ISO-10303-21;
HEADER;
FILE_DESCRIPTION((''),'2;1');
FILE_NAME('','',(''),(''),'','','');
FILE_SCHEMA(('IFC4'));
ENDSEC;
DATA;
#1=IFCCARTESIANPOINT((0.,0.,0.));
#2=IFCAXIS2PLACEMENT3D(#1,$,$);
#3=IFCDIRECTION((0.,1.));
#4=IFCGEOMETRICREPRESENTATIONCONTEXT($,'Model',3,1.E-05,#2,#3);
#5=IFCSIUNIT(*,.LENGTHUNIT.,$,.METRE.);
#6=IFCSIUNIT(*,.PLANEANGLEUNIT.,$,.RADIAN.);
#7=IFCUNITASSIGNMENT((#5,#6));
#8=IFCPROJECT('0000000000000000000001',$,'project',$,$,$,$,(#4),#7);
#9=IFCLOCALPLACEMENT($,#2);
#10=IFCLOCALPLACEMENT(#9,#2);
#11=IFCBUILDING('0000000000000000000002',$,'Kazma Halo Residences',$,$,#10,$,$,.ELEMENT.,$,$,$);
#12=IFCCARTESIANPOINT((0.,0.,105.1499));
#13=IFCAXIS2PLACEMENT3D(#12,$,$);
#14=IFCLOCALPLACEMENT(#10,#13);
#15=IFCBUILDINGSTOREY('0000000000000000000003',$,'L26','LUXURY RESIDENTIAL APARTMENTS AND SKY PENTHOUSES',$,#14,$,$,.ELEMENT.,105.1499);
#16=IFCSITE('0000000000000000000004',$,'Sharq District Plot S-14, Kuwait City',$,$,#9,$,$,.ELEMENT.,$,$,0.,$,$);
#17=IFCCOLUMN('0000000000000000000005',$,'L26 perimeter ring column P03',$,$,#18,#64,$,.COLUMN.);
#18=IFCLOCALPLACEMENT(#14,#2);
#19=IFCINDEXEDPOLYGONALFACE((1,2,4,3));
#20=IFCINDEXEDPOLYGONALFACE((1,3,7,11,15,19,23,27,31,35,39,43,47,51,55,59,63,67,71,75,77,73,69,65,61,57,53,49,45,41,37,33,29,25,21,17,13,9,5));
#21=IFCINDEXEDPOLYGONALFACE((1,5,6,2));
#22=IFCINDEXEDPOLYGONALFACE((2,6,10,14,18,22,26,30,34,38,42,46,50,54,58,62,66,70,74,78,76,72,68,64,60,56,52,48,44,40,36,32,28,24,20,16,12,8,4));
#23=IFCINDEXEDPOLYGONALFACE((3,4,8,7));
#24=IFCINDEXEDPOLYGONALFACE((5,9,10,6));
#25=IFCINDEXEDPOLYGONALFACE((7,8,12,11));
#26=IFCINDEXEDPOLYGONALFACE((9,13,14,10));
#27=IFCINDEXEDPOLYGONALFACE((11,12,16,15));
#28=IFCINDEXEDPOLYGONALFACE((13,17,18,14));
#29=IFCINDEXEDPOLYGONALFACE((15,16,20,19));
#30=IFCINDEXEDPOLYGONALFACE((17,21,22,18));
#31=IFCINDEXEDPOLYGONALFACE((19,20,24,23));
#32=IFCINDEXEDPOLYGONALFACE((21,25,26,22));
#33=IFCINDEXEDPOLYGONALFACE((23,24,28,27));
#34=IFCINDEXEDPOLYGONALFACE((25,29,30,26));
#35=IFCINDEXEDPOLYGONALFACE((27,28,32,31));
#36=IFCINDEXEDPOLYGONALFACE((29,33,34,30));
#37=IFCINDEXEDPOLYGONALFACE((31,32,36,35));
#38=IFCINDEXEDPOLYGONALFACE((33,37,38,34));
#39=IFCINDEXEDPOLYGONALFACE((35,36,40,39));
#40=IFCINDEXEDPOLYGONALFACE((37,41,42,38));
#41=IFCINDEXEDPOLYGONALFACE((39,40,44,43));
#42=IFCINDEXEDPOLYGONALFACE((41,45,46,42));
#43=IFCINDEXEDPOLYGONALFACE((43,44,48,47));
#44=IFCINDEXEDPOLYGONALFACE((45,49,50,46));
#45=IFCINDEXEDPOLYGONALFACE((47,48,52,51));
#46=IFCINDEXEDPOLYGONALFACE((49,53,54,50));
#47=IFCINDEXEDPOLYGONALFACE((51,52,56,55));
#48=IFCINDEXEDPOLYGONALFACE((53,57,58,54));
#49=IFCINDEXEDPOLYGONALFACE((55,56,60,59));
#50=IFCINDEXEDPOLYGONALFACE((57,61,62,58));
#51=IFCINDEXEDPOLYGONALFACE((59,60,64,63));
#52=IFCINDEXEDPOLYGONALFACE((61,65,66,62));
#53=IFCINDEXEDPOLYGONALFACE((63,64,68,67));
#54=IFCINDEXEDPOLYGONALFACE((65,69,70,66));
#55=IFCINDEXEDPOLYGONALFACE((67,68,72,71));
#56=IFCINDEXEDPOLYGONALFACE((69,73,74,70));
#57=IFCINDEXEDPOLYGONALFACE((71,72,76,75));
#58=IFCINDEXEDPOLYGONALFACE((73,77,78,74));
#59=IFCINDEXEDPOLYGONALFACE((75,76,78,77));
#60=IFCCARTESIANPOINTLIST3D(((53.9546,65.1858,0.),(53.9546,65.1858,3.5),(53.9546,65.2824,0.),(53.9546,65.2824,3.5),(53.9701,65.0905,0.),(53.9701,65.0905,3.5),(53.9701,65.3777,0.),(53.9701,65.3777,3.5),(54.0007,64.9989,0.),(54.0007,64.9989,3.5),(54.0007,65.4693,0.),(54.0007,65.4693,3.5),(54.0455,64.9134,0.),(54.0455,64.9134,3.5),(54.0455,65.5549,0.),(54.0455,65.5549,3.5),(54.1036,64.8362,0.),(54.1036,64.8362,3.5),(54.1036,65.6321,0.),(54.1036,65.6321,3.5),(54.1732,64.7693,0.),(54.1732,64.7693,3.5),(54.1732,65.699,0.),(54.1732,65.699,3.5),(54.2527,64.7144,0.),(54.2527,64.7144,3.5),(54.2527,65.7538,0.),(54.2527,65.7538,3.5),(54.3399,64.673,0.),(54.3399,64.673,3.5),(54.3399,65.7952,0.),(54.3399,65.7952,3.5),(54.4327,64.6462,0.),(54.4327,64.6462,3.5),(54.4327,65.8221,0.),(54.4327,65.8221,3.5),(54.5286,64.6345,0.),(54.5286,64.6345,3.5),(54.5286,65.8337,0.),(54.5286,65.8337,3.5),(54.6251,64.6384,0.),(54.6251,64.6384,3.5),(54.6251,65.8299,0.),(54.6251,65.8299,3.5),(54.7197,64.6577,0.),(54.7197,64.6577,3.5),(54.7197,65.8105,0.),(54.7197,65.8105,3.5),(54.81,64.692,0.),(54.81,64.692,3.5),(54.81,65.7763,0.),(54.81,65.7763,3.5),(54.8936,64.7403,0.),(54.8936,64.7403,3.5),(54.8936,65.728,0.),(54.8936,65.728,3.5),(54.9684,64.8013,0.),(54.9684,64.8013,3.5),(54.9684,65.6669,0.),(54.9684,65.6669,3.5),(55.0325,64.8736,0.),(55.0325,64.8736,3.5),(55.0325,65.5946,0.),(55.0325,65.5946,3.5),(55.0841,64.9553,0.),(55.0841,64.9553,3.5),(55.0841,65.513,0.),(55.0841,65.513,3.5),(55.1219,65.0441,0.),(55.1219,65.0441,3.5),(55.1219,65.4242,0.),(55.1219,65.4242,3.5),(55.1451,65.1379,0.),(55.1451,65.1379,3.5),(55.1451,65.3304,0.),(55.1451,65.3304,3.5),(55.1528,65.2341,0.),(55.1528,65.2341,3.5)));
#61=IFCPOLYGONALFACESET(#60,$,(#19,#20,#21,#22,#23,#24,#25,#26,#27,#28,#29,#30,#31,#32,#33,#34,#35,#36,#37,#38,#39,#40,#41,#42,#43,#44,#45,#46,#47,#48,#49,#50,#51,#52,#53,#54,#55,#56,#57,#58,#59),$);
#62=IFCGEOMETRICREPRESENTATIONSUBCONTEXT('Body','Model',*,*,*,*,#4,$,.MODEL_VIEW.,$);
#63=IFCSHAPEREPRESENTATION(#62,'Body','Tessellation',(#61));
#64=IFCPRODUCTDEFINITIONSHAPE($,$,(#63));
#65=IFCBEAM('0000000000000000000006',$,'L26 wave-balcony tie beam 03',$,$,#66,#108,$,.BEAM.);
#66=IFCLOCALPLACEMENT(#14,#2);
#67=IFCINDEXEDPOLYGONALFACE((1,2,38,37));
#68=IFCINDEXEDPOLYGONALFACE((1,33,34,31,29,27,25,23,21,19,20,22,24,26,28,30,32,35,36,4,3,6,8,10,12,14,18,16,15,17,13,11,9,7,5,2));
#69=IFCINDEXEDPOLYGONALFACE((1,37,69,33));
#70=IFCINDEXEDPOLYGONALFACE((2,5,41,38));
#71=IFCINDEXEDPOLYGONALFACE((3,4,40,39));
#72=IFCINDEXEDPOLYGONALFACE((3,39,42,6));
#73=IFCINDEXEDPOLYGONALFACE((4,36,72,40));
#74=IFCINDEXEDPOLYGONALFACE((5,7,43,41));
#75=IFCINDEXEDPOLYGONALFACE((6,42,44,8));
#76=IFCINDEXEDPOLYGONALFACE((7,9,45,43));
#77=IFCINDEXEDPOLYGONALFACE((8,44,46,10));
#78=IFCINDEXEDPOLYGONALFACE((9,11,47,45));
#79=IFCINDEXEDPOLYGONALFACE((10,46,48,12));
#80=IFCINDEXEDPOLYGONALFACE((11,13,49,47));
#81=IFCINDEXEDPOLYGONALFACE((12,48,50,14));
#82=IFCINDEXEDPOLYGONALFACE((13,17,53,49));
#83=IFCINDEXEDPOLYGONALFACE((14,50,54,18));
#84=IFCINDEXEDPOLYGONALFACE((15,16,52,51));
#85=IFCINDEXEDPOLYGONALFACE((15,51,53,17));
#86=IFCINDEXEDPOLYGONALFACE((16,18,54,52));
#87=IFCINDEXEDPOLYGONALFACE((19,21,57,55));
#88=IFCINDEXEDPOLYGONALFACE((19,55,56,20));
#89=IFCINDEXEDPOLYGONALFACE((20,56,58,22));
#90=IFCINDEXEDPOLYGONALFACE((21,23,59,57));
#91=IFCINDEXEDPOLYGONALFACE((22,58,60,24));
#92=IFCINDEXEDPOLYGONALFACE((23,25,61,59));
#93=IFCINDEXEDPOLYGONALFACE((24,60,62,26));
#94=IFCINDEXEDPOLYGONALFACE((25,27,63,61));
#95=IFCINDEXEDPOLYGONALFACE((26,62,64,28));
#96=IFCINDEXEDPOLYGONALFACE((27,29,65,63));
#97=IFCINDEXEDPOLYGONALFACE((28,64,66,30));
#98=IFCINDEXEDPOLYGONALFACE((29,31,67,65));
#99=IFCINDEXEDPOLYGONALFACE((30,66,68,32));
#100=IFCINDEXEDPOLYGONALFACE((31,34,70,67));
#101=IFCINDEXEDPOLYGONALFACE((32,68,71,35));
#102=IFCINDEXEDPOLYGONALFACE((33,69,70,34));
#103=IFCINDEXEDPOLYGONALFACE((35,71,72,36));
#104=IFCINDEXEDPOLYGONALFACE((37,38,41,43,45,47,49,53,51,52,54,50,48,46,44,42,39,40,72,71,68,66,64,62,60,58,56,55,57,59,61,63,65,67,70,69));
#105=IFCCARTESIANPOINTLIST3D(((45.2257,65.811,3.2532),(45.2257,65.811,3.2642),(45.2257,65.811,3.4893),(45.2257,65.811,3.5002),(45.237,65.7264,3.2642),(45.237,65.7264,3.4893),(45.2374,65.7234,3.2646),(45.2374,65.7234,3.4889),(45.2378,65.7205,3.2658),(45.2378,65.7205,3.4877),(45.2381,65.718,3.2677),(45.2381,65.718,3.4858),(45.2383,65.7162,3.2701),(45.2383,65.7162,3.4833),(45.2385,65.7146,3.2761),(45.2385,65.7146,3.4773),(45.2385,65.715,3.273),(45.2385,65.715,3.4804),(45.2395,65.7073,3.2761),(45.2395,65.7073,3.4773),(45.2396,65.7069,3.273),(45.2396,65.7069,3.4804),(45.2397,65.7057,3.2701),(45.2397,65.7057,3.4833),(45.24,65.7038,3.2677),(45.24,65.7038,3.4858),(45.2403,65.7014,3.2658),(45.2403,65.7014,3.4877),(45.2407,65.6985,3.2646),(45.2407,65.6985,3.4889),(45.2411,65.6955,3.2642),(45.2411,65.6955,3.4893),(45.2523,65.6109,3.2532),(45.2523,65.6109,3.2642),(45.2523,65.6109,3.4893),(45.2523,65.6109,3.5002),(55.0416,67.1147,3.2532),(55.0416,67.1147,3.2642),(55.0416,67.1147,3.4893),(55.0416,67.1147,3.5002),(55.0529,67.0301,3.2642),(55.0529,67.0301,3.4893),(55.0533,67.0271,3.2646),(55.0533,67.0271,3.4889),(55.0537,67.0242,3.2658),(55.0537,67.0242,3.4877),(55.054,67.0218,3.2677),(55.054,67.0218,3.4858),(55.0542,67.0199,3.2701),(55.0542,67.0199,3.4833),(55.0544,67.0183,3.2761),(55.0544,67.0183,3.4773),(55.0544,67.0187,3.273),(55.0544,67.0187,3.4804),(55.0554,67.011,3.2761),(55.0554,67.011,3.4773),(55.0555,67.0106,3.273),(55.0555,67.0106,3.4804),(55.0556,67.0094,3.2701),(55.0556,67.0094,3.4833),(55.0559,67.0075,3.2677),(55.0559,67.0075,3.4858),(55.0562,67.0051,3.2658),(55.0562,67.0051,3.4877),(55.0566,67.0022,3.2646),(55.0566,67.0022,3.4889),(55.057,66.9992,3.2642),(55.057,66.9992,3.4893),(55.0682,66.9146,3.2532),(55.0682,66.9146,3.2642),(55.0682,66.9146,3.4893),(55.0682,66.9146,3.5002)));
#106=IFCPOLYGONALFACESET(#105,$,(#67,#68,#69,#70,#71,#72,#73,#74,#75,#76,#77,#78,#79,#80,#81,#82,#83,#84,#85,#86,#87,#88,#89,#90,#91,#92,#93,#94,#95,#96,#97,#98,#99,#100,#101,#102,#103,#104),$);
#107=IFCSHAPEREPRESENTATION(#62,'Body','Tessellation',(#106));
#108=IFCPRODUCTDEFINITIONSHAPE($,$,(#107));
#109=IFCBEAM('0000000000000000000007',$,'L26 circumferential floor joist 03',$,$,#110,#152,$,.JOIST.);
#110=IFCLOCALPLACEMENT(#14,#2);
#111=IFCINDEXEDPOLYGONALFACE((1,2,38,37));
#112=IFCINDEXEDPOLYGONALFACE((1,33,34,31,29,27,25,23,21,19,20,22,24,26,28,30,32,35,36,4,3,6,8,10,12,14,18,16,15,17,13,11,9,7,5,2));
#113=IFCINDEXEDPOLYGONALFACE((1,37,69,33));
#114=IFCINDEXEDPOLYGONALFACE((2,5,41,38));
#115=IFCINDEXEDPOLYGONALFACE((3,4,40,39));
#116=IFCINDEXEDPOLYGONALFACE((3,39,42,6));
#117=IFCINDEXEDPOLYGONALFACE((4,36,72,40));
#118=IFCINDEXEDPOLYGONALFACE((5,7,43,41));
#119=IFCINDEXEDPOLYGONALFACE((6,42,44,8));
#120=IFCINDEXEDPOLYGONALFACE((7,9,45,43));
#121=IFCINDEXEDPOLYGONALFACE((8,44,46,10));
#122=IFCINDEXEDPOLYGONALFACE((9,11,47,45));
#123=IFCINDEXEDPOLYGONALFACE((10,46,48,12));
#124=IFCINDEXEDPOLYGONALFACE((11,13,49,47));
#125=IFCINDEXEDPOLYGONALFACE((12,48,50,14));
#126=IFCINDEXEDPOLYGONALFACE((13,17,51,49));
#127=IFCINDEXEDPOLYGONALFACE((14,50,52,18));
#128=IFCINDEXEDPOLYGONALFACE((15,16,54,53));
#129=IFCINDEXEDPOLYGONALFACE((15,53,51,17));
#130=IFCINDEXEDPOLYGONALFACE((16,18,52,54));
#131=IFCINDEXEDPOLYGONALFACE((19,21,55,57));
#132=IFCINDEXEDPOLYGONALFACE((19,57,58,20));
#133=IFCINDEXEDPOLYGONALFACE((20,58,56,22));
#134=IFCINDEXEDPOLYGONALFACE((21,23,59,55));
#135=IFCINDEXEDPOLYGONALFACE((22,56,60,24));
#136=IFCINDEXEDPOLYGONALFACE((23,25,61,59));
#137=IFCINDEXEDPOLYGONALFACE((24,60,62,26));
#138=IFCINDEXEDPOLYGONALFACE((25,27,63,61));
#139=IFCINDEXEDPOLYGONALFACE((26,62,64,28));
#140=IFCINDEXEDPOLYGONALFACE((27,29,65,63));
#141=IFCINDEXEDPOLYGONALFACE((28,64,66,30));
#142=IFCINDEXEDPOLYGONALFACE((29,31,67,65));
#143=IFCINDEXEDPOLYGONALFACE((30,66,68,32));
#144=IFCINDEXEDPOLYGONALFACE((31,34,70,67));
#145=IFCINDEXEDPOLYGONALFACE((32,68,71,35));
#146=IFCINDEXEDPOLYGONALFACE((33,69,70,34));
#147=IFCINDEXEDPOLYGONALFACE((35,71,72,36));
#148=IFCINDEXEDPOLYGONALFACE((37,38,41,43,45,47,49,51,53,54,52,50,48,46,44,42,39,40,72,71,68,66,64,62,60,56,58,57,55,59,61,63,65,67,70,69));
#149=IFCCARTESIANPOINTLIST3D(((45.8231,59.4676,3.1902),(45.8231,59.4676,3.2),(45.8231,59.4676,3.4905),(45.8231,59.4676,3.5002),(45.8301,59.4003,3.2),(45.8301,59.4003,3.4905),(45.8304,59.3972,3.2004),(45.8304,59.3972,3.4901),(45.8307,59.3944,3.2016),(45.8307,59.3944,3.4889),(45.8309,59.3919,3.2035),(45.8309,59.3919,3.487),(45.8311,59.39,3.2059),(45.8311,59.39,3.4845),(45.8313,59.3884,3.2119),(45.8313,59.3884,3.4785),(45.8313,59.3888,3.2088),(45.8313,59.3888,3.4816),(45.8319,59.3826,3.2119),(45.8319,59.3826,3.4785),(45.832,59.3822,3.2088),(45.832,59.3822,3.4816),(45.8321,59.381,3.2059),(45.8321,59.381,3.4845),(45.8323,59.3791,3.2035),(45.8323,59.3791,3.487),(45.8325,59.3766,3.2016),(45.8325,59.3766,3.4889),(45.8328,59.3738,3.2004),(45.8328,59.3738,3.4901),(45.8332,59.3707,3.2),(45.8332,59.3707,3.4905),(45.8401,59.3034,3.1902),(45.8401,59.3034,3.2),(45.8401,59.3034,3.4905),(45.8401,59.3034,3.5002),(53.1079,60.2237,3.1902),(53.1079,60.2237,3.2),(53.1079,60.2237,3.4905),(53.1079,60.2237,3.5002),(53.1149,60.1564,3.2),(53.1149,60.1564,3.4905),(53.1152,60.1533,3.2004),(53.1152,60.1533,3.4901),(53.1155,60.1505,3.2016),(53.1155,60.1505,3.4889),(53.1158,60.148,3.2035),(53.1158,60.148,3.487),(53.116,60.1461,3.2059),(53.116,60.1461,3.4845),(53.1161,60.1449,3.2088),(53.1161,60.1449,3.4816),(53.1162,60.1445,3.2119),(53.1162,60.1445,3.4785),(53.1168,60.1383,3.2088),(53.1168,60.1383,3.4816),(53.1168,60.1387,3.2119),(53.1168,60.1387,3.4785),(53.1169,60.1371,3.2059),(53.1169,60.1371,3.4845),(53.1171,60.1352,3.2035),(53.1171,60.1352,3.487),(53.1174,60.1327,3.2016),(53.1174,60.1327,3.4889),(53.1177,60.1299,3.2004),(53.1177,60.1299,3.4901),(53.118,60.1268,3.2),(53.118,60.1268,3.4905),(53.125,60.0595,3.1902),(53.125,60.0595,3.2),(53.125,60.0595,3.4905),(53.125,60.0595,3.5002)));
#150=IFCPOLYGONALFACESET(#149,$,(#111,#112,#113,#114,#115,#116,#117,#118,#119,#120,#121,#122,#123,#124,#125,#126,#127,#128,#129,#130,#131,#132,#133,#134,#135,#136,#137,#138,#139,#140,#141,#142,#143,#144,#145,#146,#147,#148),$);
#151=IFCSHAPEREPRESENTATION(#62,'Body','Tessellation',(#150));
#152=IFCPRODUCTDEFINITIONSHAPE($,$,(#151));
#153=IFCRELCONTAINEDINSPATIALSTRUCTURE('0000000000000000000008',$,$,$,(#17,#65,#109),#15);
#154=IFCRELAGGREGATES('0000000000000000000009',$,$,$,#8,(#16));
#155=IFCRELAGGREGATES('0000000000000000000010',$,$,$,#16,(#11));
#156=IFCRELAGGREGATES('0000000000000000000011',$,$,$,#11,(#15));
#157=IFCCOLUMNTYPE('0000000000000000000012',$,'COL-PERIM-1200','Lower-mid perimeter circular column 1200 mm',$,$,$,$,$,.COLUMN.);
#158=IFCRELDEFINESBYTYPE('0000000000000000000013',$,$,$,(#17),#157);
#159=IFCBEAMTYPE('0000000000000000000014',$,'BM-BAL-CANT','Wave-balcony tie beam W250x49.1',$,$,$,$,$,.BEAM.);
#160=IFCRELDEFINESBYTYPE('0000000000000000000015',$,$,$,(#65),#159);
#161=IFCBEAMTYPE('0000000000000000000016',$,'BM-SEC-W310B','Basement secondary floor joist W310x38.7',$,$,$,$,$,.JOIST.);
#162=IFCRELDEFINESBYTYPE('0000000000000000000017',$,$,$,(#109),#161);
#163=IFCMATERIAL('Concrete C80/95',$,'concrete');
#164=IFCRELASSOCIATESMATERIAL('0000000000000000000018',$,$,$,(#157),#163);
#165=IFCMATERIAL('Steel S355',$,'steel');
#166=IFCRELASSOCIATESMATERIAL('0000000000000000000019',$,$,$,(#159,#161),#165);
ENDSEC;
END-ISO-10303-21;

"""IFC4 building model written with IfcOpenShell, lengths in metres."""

from ifc_helpers import new_model, si_unit, direction, frame, origin, origin_2d, place, context, subcontext, project, spatial, circle, i_section, extrude, material, material_profile, profile_set, type_object, element, save


model = new_model("IFC4")

# Units and contexts
model_context = context("Model", 3, precision=1e-05, world=origin(), true_north=direction((0.0, 1.0)))
body_context = subcontext(model_context, "Body", "Model", "MODEL_VIEW")
ifc_project = project(units=[si_unit("LENGTHUNIT", "METRE"), si_unit("PLANEANGLEUNIT", "RADIAN")], contexts=[model_context])

# Site, building, storey
site_placement = place(None, origin())
site = spatial("IfcSite", under=ifc_project, at=site_placement, Name="Sharq District Plot S-14, Kuwait City", CompositionType="ELEMENT", RefElevation=0.0)
building_placement = place(site_placement, origin())
building = spatial("IfcBuilding", under=site, at=building_placement, Name="Kazma Halo Residences", CompositionType="ELEMENT")
storey_placement = place(building_placement, frame((0.0, 0.0, 105.1499)))
storey = spatial("IfcBuildingStorey", under=building, at=storey_placement, Name="L26", Description="LUXURY RESIDENTIAL APARTMENTS AND SKY PENTHOUSES", CompositionType="ELEMENT", Elevation=105.1499)

# Column
ifc_material_1 = material(Name="Concrete C80/95", Category="concrete")
ifc_material_profile_1 = material_profile(ifc_material_1, circle(Radius=0.6001, at=origin_2d()), Name="CIRC1200")
ifc_profile_set_1 = profile_set([ifc_material_profile_1], Name="Concrete C80/95")
column_type = type_object("IfcColumnType", Name="COL-PERIM-1200", Description="Lower-mid perimeter circular column 1200 mm", PredefinedType="COLUMN", material=ifc_profile_set_1)
column_placement = place(storey_placement, frame((54.5527, 65.2341, 0.0), z_axis=(0.0, 0.0, 1.0), x_axis=(1.0, 0.0, 0.0)))
element("IfcColumn", 1, at=column_placement, inside=storey, type_object=column_type, Name="L26 perimeter ring column P03", PredefinedType="COLUMN", context=body_context, shape_type="SweptSolid", body=[
    extrude(circle(Radius=0.6001, at=origin_2d()), origin(), (0.0, 0.0, 1.0), 3.5),
])

# Beams
ifc_material_2 = material(Name="Steel S355", Category="steel")
ifc_material_profile_2 = material_profile(ifc_material_2, i_section(OverallWidth=0.2019, OverallDepth=0.2471, WebThickness=0.0073, FlangeThickness=0.011, FilletRadius=0.012, at=origin_2d()), Name="W250x49.1")
ifc_profile_set_2 = profile_set([ifc_material_profile_2], Name="Steel S355")
beam_type_1 = type_object("IfcBeamType", Name="BM-BAL-CANT", Description="Wave-balcony tie beam W250x49.1", PredefinedType="BEAM", material=ifc_profile_set_2)
beam_1_placement = place(storey_placement, frame((55.0549, 67.0146, 3.3767), z_axis=(-0.991295, -0.13166, 0.0), x_axis=(0.13166, -0.991295, 0.0)))
element("IfcBeam", 2, at=beam_1_placement, inside=storey, type_object=beam_type_1, Name="L26 wave-balcony tie beam 03", PredefinedType="BEAM", context=body_context, shape_type="SweptSolid", body=[
    extrude(i_section(OverallWidth=0.2019, OverallDepth=0.2471, WebThickness=0.0073, FlangeThickness=0.011, FilletRadius=0.012, at=origin_2d()), origin(), (0.0, 0.0, 1.0), 9.9021),
])
ifc_material_profile_3 = material_profile(ifc_material_2, i_section(OverallWidth=0.165, OverallDepth=0.3101, WebThickness=0.0059, FlangeThickness=0.0098, FilletRadius=0.012, at=origin_2d()), Name="W310x38.7")
ifc_profile_set_3 = profile_set([ifc_material_profile_3], Name="Steel S355")
beam_type_2 = type_object("IfcBeamType", Name="BM-SEC-W310B", Description="Basement secondary floor joist W310x38.7", PredefinedType="JOIST", material=ifc_profile_set_3)
beam_2_placement = place(storey_placement, frame((53.1165, 60.1416, 3.3452), z_axis=(-0.994657, -0.103236, 0.0), x_axis=(0.103236, -0.994657, 0.0)))
element("IfcBeam", 3, at=beam_2_placement, inside=storey, type_object=beam_type_2, Name="L26 circumferential floor joist 03", PredefinedType="JOIST", context=body_context, shape_type="SweptSolid", body=[
    extrude(i_section(OverallWidth=0.165, OverallDepth=0.3101, WebThickness=0.0059, FlangeThickness=0.0098, FilletRadius=0.012, at=origin_2d()), origin(), (0.0, 0.0, 1.0), 7.324),
])

save(model, "model.ifc")
